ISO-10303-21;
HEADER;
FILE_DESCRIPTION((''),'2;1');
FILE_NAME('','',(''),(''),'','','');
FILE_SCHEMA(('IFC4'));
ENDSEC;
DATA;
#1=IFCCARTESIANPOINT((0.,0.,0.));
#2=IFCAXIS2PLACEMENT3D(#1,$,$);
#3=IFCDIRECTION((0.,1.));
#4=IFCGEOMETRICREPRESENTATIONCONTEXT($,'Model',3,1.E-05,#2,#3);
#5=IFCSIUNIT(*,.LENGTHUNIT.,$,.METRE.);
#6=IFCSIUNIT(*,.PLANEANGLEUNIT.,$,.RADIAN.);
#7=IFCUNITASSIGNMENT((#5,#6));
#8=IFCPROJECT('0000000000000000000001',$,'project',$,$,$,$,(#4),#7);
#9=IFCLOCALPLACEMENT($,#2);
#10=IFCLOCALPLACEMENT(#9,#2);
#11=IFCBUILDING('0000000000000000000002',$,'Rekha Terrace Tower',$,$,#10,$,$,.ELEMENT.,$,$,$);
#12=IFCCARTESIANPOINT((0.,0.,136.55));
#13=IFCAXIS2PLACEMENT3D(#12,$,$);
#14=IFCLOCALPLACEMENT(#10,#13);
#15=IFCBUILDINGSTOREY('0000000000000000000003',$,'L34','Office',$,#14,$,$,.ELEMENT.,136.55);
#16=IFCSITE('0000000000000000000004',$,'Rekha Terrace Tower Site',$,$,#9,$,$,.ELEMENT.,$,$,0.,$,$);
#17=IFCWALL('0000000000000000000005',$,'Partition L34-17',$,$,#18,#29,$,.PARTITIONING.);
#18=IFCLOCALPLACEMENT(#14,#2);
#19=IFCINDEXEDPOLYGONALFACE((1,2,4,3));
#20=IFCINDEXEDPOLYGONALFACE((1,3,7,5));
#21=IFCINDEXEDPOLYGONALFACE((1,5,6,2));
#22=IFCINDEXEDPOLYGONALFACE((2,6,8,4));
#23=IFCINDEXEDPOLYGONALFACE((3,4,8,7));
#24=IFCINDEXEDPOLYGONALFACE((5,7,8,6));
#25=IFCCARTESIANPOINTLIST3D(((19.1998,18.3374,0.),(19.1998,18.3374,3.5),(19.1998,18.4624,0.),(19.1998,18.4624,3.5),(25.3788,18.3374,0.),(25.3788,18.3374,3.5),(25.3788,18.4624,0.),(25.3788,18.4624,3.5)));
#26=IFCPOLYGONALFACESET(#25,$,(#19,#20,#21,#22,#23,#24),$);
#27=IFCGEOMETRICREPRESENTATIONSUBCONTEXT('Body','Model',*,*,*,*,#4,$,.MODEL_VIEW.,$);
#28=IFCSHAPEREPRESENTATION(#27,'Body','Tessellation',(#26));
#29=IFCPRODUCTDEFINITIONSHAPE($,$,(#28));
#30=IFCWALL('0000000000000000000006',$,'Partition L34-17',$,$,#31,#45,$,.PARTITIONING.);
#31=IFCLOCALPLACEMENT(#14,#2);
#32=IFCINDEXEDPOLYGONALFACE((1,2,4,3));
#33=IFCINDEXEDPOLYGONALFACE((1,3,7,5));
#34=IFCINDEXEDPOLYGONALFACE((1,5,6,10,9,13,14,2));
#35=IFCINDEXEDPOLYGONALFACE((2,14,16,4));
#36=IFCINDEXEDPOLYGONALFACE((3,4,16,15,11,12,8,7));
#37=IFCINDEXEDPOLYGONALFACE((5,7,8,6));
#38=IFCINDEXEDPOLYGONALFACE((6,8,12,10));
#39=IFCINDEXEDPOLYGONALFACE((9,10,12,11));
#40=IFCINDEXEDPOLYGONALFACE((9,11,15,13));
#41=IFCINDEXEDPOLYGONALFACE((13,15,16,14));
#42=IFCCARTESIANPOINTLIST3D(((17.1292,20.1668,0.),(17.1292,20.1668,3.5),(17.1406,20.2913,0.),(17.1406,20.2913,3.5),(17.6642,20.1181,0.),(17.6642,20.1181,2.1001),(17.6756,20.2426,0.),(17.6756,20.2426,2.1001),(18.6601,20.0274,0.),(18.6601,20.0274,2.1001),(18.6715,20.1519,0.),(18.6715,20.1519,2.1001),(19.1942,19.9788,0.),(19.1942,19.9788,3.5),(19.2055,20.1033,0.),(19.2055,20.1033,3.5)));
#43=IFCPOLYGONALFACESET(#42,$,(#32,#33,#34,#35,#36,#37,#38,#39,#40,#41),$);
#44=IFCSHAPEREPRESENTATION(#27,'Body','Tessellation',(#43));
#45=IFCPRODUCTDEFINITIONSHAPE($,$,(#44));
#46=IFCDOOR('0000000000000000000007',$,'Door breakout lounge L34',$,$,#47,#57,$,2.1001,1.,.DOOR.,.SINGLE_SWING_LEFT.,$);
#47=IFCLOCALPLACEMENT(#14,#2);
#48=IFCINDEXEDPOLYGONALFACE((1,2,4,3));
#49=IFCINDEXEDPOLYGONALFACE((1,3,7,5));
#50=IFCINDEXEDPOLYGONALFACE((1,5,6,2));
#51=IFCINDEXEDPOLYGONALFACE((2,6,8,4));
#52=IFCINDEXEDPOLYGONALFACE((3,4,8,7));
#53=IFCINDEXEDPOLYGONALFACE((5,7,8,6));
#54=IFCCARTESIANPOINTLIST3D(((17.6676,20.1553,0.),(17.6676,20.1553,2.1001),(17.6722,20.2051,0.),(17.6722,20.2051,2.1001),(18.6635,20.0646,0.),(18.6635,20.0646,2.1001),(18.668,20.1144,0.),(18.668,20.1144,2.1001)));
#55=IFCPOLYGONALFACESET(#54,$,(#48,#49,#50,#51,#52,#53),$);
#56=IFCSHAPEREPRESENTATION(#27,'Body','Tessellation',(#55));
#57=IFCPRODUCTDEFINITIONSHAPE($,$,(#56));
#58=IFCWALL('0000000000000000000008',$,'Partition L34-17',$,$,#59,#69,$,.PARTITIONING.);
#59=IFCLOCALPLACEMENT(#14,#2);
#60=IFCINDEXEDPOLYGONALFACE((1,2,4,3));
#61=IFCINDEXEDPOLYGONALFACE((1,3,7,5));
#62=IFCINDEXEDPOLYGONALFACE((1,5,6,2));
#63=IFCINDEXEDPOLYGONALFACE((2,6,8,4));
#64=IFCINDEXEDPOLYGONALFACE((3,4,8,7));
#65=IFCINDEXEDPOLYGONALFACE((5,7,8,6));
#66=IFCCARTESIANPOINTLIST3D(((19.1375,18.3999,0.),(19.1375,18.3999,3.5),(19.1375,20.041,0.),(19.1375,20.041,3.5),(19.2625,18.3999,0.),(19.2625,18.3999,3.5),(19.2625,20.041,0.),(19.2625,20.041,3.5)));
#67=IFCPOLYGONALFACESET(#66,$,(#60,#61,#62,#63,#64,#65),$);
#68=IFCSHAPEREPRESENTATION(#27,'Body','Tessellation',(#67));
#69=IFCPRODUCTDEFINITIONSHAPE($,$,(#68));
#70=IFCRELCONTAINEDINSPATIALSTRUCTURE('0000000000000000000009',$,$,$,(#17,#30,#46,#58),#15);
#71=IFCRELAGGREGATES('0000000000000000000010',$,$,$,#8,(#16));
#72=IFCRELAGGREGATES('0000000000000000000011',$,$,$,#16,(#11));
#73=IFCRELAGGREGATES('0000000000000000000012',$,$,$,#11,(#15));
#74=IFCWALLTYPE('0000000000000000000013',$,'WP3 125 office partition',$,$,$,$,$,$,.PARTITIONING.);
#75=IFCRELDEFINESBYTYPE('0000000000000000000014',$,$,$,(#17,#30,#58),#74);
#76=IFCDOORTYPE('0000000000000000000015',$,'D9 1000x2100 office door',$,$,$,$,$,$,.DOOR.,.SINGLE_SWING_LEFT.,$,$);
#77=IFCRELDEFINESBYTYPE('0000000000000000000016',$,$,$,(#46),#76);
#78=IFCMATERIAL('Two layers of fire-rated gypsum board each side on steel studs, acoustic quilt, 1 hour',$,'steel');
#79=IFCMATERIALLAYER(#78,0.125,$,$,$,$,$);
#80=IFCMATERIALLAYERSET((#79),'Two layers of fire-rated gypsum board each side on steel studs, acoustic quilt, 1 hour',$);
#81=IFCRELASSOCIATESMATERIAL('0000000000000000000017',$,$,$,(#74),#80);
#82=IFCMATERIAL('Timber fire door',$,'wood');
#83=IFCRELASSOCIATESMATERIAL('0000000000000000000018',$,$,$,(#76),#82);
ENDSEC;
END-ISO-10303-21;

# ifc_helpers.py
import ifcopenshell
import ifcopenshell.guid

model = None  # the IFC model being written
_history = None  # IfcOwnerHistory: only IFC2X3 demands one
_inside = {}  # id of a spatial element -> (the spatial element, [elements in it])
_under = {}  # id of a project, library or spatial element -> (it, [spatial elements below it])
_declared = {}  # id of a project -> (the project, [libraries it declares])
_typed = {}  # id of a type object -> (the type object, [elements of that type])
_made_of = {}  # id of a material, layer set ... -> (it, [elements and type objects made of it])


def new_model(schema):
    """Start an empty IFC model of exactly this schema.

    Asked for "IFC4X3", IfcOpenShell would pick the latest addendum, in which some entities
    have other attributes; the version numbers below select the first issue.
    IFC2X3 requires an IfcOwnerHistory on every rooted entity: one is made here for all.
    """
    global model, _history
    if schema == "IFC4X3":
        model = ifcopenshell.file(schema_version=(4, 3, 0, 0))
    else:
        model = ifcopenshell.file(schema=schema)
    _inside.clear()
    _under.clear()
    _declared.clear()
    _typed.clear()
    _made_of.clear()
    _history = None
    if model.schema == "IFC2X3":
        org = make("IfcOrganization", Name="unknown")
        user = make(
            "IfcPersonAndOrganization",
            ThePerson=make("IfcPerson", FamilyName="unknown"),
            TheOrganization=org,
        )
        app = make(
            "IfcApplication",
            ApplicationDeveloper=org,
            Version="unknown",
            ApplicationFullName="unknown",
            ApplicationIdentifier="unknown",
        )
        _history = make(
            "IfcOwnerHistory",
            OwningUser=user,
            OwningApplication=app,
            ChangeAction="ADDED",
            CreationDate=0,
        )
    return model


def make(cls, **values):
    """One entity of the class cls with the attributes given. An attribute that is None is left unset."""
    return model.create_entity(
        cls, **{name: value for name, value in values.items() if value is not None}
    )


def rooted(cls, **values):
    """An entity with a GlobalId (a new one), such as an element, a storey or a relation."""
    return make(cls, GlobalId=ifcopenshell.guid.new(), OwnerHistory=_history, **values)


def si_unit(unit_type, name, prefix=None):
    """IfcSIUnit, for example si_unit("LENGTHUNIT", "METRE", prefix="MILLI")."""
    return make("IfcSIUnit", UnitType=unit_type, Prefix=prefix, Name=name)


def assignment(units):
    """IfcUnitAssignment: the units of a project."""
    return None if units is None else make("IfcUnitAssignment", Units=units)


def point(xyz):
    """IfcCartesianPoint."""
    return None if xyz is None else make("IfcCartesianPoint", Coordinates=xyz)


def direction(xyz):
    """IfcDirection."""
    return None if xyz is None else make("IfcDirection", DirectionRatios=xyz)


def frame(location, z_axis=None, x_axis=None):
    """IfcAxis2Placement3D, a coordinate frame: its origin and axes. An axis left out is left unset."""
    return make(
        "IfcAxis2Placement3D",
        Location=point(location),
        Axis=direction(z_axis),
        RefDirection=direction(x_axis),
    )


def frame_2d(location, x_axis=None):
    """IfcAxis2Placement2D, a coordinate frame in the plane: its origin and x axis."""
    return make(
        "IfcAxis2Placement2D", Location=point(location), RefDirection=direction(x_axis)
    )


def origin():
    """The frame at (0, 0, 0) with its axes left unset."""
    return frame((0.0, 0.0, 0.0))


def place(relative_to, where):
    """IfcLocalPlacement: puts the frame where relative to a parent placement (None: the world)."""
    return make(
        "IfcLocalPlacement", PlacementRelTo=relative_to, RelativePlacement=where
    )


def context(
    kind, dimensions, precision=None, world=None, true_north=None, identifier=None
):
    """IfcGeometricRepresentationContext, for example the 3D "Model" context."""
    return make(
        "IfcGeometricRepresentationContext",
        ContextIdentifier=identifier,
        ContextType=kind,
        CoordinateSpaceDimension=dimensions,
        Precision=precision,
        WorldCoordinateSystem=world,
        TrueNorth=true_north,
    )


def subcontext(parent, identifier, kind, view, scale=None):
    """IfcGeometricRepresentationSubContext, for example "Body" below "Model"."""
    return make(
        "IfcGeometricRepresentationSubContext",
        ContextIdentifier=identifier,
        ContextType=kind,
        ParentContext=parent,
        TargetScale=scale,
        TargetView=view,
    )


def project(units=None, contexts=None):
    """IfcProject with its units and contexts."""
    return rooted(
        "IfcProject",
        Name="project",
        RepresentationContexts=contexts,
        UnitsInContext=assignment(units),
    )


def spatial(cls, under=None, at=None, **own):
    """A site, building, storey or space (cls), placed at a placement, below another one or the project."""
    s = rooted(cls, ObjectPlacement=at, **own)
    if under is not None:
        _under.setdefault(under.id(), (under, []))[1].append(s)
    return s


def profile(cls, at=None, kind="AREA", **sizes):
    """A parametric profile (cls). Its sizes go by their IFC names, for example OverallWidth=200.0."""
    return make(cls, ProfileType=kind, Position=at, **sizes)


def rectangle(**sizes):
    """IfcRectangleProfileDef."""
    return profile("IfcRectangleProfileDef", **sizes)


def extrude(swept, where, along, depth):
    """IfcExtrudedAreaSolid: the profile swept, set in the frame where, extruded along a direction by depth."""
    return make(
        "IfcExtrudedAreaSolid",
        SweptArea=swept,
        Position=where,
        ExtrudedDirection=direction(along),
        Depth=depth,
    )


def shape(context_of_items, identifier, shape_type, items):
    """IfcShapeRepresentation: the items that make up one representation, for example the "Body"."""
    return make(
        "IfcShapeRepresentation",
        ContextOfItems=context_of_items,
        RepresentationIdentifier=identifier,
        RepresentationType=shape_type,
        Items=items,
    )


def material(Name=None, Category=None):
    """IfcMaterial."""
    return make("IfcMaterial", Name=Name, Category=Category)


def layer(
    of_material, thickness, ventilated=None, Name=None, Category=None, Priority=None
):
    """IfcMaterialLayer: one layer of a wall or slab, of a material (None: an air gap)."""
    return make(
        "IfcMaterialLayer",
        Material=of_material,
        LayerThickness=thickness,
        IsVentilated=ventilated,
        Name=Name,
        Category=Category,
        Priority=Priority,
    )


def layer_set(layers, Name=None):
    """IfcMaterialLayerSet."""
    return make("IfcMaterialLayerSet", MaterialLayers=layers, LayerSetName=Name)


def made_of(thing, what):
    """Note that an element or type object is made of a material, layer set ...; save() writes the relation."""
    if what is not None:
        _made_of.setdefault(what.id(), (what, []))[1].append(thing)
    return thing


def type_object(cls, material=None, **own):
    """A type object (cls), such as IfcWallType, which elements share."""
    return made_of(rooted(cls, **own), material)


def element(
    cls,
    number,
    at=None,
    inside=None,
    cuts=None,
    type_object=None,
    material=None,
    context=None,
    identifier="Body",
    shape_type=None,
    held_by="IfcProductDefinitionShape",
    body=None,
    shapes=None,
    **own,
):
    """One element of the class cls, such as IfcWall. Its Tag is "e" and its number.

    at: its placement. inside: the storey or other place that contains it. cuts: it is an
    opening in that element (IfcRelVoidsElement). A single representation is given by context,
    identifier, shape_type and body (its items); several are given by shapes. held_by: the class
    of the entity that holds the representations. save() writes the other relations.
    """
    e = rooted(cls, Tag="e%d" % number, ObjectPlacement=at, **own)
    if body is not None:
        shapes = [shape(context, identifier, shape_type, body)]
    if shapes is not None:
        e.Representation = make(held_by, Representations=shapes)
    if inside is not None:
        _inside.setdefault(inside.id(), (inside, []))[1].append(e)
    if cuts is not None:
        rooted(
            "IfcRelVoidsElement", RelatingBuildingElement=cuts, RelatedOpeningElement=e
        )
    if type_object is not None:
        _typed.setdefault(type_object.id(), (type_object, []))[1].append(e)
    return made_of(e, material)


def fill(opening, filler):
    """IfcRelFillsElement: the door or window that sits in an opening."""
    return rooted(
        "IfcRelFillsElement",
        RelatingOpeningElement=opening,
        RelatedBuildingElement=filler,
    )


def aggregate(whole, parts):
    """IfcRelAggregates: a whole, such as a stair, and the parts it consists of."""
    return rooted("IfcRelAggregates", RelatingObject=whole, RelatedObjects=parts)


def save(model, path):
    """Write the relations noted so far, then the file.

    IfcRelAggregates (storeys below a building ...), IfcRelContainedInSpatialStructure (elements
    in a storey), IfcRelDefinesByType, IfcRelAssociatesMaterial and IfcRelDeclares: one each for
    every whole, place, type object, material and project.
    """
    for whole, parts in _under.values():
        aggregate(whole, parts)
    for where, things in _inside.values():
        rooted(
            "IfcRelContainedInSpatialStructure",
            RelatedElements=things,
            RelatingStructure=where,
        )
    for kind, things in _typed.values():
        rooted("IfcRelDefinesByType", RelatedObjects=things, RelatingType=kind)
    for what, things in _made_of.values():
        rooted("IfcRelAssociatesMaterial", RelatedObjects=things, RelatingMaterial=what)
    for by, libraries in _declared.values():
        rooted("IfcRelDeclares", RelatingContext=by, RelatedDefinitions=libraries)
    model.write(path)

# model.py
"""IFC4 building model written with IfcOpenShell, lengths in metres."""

from ifc_helpers import new_model, si_unit, direction, frame, frame_2d, origin, place, context, subcontext, project, spatial, rectangle, extrude, material, layer, layer_set, type_object, element, fill, save


model = new_model("IFC4")

# Units and contexts
model_context = context("Model", 3, precision=1e-05, world=origin(), true_north=direction((0.0, 1.0)))
body_context = subcontext(model_context, "Body", "Model", "MODEL_VIEW")
ifc_project = project(units=[si_unit("LENGTHUNIT", "METRE"), si_unit("PLANEANGLEUNIT", "RADIAN")], contexts=[model_context])

# Site, building, storey
site_placement = place(None, origin())
site = spatial("IfcSite", under=ifc_project, at=site_placement, Name="Rekha Terrace Tower Site", CompositionType="ELEMENT", RefElevation=0.0)
building_placement = place(site_placement, origin())
building = spatial("IfcBuilding", under=site, at=building_placement, Name="Rekha Terrace Tower", CompositionType="ELEMENT")
storey_placement = place(building_placement, frame((0.0, 0.0, 136.55)))
storey = spatial("IfcBuildingStorey", under=building, at=storey_placement, Name="L34", Description="Office", CompositionType="ELEMENT", Elevation=136.55)

# Wall
ifc_material_1 = material(Name="Two layers of fire-rated gypsum board each side on steel studs, acoustic quilt, 1 hour", Category="steel")
ifc_layer_1 = layer(ifc_material_1, 0.125)
ifc_layer_set_1 = layer_set([ifc_layer_1], Name="Two layers of fire-rated gypsum board each side on steel studs, acoustic quilt, 1 hour")
wall_type_1 = type_object("IfcWallType", Name="WP3 125 office partition", PredefinedType="PARTITIONING", material=ifc_layer_set_1)
wall_1_placement = place(storey_placement, frame((19.2, 18.3999, 0.0), z_axis=(0.0, 0.0, 1.0), x_axis=(1.0, 0.0, 0.0)))
element("IfcWall", 1, at=wall_1_placement, inside=storey, type_object=wall_type_1, Name="Partition L34-17", PredefinedType="PARTITIONING", context=body_context, shape_type="SweptSolid", body=[
    extrude(rectangle(XDim=6.179, YDim=0.125, at=frame_2d((3.0894, 0.0))), origin(), (0.0, 0.0, 1.0), 3.5),
])

# Wall, opening, door
wall_2_placement = place(storey_placement, frame((17.135, 20.229, 0.0), z_axis=(0.0, 0.0, 1.0), x_axis=(0.995882, -0.090663, 0.0)))
wall_2 = element("IfcWall", 2, at=wall_2_placement, inside=storey, type_object=wall_type_1, Name="Partition L34-17", PredefinedType="PARTITIONING", context=body_context, shape_type="SweptSolid", body=[
    extrude(rectangle(XDim=2.0735, YDim=0.125, at=frame_2d((1.0366, 0.0))), origin(), (0.0, 0.0, 1.0), 3.5),
])
opening_1_placement = place(wall_2_placement, frame((0.5371, 0.0, 0.0)))
opening_1 = element("IfcOpeningElement", 3, at=opening_1_placement, cuts=wall_2, PredefinedType="OPENING", context=body_context, shape_type="SweptSolid", body=[
    extrude(rectangle(XDim=1.0, YDim=2.1001, at=frame_2d((0.5, 1.05))), frame((0.0, 0.0725, 0.0), z_axis=(0.0, -1.0, 0.0), x_axis=(1.0, 0.0, 0.0)), (0.0, 0.0, 1.0), 0.145),
])
ifc_material_2 = material(Name="Timber fire door", Category="wood")
door_type_1 = type_object("IfcDoorType", Name="D9 1000x2100 office door", OperationType="SINGLE_SWING_LEFT", PredefinedType="DOOR", material=ifc_material_2)
door_1_placement = place(opening_1_placement, origin())
door_1 = element("IfcDoor", 4, at=door_1_placement, inside=storey, type_object=door_type_1, Name="Door breakout lounge L34", OperationType="SINGLE_SWING_LEFT", OverallHeight=2.1001, OverallWidth=1.0, PredefinedType="DOOR", context=body_context, shape_type="SweptSolid", body=[
    extrude(rectangle(XDim=1.0, YDim=2.1001, at=frame_2d((0.5, 1.05))), frame((0.0, 0.0249, 0.0), z_axis=(0.0, -1.0, 0.0), x_axis=(1.0, 0.0, 0.0)), (0.0, 0.0, 1.0), 0.05),
])
fill(opening_1, door_1)

# Wall
wall_3_placement = place(storey_placement, frame((19.2, 20.041, 0.0), z_axis=(0.0, 0.0, 1.0), x_axis=(0.0, -1.0, 0.0)))
element("IfcWall", 5, at=wall_3_placement, inside=storey, type_object=wall_type_1, Name="Partition L34-17", PredefinedType="PARTITIONING", context=body_context, shape_type="SweptSolid", body=[
    extrude(rectangle(XDim=1.6411, YDim=0.125, at=frame_2d((0.8206, 0.0))), origin(), (0.0, 0.0, 1.0), 3.5),
])

save(model, "model.ifc")
